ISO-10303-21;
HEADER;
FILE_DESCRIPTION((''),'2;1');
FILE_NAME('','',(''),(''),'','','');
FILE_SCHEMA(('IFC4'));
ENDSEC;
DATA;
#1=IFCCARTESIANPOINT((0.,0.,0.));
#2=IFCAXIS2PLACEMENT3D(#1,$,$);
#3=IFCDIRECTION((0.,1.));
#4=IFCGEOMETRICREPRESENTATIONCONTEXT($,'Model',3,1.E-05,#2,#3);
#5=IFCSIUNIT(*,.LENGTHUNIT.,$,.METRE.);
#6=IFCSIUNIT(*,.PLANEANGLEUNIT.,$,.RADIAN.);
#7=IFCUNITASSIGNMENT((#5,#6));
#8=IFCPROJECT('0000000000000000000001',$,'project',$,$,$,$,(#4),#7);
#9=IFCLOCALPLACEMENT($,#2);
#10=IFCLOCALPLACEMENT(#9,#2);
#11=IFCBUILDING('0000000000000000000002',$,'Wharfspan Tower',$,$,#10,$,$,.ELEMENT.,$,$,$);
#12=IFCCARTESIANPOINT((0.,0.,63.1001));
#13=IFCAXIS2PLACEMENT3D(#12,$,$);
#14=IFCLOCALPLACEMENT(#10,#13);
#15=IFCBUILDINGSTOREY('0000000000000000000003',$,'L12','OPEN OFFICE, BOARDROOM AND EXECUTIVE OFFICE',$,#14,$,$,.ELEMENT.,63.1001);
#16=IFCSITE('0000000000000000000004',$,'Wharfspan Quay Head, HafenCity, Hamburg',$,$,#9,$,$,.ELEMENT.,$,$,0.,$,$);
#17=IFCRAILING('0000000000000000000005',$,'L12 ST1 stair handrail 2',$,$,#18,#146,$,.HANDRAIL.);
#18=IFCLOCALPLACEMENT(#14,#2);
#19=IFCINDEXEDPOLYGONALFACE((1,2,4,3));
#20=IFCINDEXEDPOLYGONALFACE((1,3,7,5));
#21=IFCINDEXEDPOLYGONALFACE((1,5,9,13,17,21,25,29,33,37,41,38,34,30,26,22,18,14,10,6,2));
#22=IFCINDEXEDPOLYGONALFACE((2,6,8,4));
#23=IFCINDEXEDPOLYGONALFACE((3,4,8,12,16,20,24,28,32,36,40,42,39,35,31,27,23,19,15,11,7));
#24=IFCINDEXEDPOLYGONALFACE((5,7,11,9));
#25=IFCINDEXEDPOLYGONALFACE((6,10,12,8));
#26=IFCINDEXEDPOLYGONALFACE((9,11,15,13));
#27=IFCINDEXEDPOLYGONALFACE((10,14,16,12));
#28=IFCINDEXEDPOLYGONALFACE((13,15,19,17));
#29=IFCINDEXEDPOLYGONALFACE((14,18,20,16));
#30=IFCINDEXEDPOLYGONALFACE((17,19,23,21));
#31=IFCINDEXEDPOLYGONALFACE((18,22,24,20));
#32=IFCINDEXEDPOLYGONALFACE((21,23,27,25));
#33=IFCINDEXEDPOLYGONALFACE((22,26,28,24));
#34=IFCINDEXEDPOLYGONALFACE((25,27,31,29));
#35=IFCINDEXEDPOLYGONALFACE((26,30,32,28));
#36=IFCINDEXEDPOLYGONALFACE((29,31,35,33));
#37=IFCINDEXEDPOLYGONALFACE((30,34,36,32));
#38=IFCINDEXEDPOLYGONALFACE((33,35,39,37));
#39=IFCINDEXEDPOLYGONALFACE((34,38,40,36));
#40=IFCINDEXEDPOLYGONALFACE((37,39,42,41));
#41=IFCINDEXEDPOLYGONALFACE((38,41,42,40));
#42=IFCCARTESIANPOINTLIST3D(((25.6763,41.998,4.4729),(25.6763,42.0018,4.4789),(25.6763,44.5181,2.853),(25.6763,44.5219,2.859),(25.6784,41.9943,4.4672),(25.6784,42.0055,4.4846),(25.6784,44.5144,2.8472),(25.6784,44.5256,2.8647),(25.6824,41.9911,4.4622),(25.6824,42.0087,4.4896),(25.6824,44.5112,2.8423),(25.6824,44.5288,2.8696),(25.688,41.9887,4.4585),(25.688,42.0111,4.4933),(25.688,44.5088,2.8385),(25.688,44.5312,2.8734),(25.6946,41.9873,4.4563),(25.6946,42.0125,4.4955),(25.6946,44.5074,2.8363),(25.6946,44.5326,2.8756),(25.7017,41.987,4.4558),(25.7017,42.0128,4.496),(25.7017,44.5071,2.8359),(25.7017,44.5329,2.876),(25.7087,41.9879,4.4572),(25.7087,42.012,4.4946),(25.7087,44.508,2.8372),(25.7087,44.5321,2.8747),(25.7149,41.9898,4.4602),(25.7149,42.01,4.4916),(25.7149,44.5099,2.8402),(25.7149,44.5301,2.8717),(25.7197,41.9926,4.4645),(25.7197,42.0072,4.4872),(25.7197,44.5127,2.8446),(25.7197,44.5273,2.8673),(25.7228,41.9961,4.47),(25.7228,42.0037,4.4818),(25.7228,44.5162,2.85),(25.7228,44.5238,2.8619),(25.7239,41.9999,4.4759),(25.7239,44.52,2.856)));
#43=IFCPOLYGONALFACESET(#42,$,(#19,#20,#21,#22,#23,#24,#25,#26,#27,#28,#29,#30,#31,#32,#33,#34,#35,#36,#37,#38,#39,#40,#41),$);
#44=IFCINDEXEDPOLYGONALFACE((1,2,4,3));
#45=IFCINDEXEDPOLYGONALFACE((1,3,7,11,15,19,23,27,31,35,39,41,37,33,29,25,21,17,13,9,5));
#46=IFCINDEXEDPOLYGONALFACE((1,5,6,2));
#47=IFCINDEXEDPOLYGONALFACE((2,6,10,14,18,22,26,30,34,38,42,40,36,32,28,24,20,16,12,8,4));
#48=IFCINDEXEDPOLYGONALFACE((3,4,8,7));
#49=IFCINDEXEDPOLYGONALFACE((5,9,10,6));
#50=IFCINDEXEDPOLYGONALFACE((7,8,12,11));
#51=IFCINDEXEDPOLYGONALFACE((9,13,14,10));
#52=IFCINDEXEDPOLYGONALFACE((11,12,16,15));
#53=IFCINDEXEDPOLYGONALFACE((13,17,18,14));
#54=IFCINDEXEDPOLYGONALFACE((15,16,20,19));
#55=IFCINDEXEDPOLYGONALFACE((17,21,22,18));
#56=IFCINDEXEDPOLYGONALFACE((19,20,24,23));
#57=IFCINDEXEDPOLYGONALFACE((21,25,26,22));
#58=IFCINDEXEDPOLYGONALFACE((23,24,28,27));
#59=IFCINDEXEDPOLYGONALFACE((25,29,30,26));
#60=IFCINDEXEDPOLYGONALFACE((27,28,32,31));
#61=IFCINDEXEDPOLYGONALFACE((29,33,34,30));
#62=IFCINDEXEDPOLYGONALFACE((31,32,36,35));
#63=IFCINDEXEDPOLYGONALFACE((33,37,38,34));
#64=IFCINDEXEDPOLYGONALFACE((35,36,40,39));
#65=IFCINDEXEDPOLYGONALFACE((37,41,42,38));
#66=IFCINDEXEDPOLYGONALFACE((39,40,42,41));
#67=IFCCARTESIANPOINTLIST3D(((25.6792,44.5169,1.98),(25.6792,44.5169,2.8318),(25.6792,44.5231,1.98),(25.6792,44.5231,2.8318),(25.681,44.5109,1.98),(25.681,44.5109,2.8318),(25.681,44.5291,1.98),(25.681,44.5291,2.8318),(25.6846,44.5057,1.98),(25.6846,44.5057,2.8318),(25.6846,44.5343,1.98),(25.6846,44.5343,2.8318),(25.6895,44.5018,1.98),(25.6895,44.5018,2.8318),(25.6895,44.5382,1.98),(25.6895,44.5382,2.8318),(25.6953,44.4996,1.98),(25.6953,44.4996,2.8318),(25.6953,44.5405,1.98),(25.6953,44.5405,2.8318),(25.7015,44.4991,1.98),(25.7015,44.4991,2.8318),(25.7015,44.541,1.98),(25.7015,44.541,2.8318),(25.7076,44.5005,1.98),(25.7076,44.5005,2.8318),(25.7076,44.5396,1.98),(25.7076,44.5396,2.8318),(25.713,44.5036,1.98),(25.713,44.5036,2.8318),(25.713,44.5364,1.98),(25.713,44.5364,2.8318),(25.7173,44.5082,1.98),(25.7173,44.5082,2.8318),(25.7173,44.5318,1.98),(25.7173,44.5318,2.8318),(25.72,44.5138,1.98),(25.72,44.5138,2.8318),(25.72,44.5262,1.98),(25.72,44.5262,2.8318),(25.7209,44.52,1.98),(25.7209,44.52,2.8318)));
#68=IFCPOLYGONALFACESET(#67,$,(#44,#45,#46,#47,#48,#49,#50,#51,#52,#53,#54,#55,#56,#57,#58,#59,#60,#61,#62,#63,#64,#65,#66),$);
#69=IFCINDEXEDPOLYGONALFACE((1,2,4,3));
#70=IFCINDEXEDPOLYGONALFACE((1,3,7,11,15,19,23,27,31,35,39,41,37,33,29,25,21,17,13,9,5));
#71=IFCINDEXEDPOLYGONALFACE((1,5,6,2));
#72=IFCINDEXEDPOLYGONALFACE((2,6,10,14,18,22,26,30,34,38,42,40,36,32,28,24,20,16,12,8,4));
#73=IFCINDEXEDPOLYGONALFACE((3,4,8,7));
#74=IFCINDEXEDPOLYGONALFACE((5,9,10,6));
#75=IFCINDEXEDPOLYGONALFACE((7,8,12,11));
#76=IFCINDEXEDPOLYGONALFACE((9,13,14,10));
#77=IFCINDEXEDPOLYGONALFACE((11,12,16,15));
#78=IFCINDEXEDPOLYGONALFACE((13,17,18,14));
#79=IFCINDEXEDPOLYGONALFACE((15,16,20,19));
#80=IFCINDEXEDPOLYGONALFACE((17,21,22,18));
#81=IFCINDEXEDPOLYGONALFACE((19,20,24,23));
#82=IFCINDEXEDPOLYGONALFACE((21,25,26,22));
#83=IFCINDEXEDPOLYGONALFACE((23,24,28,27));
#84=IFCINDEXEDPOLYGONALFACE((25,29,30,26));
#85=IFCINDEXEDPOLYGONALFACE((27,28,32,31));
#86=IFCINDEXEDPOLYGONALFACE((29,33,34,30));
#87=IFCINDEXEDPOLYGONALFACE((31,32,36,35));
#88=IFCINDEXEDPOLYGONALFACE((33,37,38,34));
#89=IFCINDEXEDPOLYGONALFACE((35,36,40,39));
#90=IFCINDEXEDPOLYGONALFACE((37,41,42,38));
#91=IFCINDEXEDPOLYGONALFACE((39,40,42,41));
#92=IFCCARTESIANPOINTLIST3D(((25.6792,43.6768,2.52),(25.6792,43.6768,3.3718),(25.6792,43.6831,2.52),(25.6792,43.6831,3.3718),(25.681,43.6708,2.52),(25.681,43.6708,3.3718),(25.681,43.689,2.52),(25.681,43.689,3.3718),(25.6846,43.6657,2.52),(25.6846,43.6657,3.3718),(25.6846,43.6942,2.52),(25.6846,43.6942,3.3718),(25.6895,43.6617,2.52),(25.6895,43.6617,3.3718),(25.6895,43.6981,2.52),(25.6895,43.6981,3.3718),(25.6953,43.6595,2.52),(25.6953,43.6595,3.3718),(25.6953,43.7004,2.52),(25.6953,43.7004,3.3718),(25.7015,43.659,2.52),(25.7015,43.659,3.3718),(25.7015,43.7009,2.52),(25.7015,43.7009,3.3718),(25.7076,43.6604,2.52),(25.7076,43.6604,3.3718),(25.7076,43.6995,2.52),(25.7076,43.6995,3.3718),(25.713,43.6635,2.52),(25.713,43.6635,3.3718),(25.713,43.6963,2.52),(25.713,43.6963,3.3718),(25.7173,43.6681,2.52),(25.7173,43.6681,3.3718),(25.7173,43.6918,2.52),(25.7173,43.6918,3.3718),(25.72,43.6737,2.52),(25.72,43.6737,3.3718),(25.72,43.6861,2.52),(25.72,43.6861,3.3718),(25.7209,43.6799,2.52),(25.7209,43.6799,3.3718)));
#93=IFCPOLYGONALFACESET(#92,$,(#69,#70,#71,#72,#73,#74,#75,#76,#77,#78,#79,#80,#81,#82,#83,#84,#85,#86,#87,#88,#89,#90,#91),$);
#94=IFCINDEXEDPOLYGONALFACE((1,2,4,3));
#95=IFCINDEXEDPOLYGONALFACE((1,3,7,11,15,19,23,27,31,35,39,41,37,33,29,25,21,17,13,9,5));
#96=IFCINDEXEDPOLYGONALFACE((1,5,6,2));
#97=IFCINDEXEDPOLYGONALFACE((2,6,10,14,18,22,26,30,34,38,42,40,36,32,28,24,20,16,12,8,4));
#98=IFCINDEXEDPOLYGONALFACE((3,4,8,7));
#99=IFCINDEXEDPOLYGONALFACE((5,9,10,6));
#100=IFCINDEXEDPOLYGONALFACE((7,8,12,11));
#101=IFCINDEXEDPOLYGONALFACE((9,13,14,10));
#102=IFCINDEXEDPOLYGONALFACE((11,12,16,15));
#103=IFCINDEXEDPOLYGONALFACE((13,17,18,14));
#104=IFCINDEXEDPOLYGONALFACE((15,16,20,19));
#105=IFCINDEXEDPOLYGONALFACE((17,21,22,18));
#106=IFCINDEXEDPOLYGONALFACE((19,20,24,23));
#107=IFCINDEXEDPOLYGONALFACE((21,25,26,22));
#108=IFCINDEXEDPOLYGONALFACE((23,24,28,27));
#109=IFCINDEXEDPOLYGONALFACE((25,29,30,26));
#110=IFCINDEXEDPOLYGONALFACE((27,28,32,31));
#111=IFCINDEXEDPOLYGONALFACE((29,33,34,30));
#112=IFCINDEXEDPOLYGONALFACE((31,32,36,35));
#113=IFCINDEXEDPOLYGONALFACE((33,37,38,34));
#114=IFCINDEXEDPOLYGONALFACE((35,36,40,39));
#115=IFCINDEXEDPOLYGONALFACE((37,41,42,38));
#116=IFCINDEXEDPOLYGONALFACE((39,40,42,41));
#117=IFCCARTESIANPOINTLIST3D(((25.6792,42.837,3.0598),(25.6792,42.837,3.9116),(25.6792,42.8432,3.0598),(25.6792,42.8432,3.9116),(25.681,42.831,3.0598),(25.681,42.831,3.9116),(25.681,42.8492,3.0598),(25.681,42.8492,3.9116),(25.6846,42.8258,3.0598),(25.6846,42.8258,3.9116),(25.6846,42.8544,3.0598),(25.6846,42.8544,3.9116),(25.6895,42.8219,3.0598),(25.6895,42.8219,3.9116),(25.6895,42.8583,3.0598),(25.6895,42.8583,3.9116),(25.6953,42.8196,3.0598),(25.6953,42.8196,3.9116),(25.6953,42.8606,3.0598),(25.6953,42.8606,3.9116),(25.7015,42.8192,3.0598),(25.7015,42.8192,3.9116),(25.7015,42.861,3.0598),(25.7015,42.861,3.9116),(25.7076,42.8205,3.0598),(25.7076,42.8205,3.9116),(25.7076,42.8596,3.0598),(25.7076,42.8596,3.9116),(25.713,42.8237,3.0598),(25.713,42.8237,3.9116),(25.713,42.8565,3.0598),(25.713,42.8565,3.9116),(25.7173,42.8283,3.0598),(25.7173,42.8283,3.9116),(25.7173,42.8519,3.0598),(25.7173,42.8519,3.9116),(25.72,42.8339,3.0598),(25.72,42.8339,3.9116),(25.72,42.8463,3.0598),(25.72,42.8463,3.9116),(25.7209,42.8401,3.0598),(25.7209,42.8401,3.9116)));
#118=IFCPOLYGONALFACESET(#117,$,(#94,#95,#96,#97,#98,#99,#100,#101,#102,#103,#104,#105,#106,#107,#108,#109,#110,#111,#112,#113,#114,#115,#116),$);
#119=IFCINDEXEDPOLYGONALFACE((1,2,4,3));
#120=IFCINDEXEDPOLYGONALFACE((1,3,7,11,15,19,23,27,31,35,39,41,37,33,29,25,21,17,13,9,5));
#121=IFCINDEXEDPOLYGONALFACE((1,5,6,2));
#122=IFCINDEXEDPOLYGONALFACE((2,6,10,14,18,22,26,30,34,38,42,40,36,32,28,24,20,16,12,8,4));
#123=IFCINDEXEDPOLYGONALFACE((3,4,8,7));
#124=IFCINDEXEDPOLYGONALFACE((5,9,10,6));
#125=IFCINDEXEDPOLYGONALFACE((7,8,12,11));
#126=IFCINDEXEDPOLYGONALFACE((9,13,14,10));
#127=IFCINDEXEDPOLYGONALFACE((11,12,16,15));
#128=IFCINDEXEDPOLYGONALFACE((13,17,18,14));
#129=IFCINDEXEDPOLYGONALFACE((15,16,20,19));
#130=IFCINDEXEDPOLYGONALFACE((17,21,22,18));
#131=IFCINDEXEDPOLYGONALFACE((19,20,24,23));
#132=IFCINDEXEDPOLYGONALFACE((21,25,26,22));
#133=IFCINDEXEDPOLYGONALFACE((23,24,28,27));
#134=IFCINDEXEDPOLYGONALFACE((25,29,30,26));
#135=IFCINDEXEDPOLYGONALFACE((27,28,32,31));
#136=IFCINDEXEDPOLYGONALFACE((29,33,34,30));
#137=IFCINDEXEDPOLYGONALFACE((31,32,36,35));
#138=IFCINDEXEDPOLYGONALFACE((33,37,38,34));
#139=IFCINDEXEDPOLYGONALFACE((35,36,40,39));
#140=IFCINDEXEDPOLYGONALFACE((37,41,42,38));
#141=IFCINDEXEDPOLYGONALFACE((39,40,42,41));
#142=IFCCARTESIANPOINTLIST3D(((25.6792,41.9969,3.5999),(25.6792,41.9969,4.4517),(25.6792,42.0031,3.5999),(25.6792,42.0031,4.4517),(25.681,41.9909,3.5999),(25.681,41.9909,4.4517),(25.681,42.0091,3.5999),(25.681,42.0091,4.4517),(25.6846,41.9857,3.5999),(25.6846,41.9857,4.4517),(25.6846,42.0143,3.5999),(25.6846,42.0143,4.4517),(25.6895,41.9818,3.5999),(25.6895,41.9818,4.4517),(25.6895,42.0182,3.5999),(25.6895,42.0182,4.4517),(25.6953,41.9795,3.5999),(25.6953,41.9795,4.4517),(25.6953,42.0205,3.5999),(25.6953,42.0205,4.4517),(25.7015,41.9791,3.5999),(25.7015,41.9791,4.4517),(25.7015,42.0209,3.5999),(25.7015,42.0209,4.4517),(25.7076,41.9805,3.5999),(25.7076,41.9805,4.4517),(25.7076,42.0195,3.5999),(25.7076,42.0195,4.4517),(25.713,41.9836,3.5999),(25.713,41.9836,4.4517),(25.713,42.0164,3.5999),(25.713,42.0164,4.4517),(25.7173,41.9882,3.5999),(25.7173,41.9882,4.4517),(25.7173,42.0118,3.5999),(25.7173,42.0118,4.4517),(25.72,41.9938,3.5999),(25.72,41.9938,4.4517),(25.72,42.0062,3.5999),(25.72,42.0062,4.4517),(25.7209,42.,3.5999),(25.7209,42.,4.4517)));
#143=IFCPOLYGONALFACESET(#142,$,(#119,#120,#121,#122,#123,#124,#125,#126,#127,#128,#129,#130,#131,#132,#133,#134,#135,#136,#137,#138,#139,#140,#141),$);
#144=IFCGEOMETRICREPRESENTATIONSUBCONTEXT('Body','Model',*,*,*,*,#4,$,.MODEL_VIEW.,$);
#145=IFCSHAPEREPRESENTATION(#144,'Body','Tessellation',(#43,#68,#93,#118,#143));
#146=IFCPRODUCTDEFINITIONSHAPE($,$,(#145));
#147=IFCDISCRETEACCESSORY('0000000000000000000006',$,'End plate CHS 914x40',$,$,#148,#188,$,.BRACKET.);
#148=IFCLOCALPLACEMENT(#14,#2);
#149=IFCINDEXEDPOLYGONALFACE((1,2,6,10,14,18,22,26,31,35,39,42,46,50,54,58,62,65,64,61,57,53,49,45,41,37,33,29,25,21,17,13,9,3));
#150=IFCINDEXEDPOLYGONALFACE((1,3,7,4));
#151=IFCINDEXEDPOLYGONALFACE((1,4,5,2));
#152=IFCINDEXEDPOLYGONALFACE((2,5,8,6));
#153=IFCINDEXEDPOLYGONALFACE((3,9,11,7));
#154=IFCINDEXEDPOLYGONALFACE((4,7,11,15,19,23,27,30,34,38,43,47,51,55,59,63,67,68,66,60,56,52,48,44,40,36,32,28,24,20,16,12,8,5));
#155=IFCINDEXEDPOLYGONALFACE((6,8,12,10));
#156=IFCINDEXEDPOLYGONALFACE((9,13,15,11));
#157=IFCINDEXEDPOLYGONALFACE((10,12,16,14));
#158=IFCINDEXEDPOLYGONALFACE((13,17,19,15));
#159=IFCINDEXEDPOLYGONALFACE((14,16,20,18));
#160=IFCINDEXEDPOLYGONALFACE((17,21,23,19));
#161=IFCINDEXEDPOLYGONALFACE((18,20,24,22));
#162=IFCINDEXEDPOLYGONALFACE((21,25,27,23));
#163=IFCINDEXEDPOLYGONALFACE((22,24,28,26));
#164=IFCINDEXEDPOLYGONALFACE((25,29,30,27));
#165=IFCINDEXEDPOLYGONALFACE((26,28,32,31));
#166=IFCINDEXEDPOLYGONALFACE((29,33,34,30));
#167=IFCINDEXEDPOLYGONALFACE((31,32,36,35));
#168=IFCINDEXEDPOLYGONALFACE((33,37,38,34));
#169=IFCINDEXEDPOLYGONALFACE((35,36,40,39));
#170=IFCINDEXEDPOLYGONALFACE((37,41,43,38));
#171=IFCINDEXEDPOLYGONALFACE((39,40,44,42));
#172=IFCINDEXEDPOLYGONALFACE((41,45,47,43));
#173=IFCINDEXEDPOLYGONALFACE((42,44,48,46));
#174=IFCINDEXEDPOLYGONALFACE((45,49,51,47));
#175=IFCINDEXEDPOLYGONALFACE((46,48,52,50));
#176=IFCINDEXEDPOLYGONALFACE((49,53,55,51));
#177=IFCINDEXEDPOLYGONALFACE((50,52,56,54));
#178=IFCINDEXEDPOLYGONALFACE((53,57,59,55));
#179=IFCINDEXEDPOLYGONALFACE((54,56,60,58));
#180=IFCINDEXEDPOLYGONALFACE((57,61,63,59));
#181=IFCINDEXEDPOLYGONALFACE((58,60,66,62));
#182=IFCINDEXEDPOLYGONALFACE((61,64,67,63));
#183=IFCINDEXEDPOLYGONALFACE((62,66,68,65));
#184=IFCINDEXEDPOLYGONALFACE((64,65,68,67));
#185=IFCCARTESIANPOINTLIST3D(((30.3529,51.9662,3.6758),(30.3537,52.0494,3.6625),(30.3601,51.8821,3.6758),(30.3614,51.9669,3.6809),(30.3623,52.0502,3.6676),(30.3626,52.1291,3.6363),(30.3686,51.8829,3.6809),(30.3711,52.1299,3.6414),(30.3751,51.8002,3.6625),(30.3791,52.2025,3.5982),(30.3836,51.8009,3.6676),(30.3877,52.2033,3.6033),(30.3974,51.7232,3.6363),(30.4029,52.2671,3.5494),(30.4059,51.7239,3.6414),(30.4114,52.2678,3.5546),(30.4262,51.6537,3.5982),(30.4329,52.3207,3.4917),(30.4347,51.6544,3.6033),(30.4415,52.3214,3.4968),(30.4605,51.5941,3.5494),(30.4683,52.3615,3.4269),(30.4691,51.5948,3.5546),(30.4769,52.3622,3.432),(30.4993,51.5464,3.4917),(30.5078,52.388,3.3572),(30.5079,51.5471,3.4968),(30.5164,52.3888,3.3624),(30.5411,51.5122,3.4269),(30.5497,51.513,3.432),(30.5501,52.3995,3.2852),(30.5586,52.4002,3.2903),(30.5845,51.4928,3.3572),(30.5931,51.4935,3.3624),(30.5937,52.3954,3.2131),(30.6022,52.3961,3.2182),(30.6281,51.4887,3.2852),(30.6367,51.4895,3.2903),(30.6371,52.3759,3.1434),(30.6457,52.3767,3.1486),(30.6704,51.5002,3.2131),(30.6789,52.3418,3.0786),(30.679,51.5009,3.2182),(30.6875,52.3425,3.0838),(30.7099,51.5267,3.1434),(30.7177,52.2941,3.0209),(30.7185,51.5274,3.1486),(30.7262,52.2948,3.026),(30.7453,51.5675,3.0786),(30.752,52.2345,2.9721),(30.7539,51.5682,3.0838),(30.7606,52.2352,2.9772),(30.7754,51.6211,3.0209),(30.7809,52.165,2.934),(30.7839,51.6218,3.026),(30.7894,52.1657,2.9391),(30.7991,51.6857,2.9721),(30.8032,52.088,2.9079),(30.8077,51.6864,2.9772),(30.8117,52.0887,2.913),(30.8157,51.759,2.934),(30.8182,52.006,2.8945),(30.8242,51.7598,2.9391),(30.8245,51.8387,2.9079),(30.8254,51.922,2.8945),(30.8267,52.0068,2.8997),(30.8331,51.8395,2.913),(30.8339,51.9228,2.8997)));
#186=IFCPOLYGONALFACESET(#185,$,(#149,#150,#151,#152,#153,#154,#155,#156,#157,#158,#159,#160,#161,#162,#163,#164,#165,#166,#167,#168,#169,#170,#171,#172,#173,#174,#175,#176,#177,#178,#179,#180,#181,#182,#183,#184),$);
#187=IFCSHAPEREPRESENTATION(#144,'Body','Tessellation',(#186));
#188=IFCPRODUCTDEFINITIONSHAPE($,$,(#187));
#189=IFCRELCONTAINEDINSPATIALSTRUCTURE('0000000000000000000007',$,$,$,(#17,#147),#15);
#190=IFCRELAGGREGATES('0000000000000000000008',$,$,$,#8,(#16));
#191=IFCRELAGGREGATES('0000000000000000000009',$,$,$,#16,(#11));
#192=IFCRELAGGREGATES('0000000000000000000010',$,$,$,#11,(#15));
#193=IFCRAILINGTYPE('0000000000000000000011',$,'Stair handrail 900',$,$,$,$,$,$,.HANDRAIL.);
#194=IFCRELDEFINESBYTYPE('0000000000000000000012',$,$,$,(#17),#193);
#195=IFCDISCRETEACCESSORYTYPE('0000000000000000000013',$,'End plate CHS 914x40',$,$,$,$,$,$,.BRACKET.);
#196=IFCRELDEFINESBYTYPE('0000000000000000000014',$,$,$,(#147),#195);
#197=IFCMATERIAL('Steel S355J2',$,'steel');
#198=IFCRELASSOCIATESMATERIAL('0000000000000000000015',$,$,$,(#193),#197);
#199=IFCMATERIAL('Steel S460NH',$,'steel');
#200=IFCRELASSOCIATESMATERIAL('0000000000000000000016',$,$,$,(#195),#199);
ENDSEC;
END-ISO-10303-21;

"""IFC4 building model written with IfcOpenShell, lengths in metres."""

from ifc_helpers import new_model, si_unit, direction, frame, origin, origin_2d, place, context, subcontext, project, spatial, circle, extrude, material, material_profile, profile_set, type_object, element, save


model = new_model("IFC4")

# Units and contexts
model_context = context("Model", 3, precision=1e-05, world=origin(), true_north=direction((0.0, 1.0)))
body_context = subcontext(model_context, "Body", "Model", "MODEL_VIEW")
ifc_project = project(units=[si_unit("LENGTHUNIT", "METRE"), si_unit("PLANEANGLEUNIT", "RADIAN")], contexts=[model_context])

# Site, building, storey
site_placement = place(None, origin())
site = spatial("IfcSite", under=ifc_project, at=site_placement, Name="Wharfspan Quay Head, HafenCity, Hamburg", CompositionType="ELEMENT", RefElevation=0.0)
building_placement = place(site_placement, origin())
building = spatial("IfcBuilding", under=site, at=building_placement, Name="Wharfspan Tower", CompositionType="ELEMENT")
storey_placement = place(building_placement, frame((0.0, 0.0, 63.1001)))
storey = spatial("IfcBuildingStorey", under=building, at=storey_placement, Name="L12", Description="OPEN OFFICE, BOARDROOM AND EXECUTIVE OFFICE", CompositionType="ELEMENT", Elevation=63.1001)

# Shared definitions
ifc_material_1 = material(Name="Steel S355J2", Category="steel")

# Shared definitions
ifc_material_2 = material(Name="Steel S460NH", Category="steel")

# Railing
railing_type_1 = type_object("IfcRailingType", Name="Stair handrail 900", PredefinedType="HANDRAIL", material=ifc_material_1)
railing_1_placement = place(storey_placement, frame((25.7, 44.52, 1.98)))
element("IfcRailing", 1, at=railing_1_placement, inside=storey, type_object=railing_type_1, Name="L12 ST1 stair handrail 2", PredefinedType="HANDRAIL", context=body_context, shape_type="SweptSolid", body=[
    extrude(circle(Radius=0.0239, at=origin_2d()), frame((0.0, 0.0, 0.876), z_axis=(0.0, -0.8412, 0.540725), x_axis=(1.0, 0.0, 0.0)), (0.0, 0.0, 1.0), 2.9958),
    extrude(circle(Radius=0.021, at=origin_2d()), origin(), (0.0, 0.0, 1.0), 0.8518),
    extrude(circle(Radius=0.021, at=origin_2d()), frame((0.0, -0.8401, 0.54)), (0.0, 0.0, 1.0), 0.8518),
    extrude(circle(Radius=0.021, at=origin_2d()), frame((0.0, -1.6799, 1.0798)), (0.0, 0.0, 1.0), 0.8518),
    extrude(circle(Radius=0.021, at=origin_2d()), frame((0.0, -2.52, 1.6199)), (0.0, 0.0, 1.0), 0.8518),
])

# Discrete accessory
ifc_material_profile_1 = material_profile(ifc_material_2, circle(Radius=0.457, at=origin_2d()))
ifc_profile_set_1 = profile_set([ifc_material_profile_1], Name="Steel S460NH")
discrete_accessory_type = type_object("IfcDiscreteAccessoryType", Name="End plate CHS 914x40", PredefinedType="BRACKET", material=ifc_profile_set_1)
for number, where, z_axis, x_axis, name in (
    (2, (30.5891, 51.9441, 3.2852), (0.855186, 0.073302, 0.513112), (-0.085402, 0.996345, 0.000001), "End plate CHS 914x40"),
):
    element("IfcDiscreteAccessory", number, at=place(storey_placement, frame(where, z_axis=z_axis, x_axis=x_axis)), inside=storey, type_object=discrete_accessory_type, Name=name, PredefinedType="BRACKET", context=body_context, shape_type="SweptSolid", body=[
        extrude(circle(Radius=0.457, at=origin_2d()), origin(), (0.0, 0.0, 1.0), 0.01),
    ])

save(model, "model.ifc")
